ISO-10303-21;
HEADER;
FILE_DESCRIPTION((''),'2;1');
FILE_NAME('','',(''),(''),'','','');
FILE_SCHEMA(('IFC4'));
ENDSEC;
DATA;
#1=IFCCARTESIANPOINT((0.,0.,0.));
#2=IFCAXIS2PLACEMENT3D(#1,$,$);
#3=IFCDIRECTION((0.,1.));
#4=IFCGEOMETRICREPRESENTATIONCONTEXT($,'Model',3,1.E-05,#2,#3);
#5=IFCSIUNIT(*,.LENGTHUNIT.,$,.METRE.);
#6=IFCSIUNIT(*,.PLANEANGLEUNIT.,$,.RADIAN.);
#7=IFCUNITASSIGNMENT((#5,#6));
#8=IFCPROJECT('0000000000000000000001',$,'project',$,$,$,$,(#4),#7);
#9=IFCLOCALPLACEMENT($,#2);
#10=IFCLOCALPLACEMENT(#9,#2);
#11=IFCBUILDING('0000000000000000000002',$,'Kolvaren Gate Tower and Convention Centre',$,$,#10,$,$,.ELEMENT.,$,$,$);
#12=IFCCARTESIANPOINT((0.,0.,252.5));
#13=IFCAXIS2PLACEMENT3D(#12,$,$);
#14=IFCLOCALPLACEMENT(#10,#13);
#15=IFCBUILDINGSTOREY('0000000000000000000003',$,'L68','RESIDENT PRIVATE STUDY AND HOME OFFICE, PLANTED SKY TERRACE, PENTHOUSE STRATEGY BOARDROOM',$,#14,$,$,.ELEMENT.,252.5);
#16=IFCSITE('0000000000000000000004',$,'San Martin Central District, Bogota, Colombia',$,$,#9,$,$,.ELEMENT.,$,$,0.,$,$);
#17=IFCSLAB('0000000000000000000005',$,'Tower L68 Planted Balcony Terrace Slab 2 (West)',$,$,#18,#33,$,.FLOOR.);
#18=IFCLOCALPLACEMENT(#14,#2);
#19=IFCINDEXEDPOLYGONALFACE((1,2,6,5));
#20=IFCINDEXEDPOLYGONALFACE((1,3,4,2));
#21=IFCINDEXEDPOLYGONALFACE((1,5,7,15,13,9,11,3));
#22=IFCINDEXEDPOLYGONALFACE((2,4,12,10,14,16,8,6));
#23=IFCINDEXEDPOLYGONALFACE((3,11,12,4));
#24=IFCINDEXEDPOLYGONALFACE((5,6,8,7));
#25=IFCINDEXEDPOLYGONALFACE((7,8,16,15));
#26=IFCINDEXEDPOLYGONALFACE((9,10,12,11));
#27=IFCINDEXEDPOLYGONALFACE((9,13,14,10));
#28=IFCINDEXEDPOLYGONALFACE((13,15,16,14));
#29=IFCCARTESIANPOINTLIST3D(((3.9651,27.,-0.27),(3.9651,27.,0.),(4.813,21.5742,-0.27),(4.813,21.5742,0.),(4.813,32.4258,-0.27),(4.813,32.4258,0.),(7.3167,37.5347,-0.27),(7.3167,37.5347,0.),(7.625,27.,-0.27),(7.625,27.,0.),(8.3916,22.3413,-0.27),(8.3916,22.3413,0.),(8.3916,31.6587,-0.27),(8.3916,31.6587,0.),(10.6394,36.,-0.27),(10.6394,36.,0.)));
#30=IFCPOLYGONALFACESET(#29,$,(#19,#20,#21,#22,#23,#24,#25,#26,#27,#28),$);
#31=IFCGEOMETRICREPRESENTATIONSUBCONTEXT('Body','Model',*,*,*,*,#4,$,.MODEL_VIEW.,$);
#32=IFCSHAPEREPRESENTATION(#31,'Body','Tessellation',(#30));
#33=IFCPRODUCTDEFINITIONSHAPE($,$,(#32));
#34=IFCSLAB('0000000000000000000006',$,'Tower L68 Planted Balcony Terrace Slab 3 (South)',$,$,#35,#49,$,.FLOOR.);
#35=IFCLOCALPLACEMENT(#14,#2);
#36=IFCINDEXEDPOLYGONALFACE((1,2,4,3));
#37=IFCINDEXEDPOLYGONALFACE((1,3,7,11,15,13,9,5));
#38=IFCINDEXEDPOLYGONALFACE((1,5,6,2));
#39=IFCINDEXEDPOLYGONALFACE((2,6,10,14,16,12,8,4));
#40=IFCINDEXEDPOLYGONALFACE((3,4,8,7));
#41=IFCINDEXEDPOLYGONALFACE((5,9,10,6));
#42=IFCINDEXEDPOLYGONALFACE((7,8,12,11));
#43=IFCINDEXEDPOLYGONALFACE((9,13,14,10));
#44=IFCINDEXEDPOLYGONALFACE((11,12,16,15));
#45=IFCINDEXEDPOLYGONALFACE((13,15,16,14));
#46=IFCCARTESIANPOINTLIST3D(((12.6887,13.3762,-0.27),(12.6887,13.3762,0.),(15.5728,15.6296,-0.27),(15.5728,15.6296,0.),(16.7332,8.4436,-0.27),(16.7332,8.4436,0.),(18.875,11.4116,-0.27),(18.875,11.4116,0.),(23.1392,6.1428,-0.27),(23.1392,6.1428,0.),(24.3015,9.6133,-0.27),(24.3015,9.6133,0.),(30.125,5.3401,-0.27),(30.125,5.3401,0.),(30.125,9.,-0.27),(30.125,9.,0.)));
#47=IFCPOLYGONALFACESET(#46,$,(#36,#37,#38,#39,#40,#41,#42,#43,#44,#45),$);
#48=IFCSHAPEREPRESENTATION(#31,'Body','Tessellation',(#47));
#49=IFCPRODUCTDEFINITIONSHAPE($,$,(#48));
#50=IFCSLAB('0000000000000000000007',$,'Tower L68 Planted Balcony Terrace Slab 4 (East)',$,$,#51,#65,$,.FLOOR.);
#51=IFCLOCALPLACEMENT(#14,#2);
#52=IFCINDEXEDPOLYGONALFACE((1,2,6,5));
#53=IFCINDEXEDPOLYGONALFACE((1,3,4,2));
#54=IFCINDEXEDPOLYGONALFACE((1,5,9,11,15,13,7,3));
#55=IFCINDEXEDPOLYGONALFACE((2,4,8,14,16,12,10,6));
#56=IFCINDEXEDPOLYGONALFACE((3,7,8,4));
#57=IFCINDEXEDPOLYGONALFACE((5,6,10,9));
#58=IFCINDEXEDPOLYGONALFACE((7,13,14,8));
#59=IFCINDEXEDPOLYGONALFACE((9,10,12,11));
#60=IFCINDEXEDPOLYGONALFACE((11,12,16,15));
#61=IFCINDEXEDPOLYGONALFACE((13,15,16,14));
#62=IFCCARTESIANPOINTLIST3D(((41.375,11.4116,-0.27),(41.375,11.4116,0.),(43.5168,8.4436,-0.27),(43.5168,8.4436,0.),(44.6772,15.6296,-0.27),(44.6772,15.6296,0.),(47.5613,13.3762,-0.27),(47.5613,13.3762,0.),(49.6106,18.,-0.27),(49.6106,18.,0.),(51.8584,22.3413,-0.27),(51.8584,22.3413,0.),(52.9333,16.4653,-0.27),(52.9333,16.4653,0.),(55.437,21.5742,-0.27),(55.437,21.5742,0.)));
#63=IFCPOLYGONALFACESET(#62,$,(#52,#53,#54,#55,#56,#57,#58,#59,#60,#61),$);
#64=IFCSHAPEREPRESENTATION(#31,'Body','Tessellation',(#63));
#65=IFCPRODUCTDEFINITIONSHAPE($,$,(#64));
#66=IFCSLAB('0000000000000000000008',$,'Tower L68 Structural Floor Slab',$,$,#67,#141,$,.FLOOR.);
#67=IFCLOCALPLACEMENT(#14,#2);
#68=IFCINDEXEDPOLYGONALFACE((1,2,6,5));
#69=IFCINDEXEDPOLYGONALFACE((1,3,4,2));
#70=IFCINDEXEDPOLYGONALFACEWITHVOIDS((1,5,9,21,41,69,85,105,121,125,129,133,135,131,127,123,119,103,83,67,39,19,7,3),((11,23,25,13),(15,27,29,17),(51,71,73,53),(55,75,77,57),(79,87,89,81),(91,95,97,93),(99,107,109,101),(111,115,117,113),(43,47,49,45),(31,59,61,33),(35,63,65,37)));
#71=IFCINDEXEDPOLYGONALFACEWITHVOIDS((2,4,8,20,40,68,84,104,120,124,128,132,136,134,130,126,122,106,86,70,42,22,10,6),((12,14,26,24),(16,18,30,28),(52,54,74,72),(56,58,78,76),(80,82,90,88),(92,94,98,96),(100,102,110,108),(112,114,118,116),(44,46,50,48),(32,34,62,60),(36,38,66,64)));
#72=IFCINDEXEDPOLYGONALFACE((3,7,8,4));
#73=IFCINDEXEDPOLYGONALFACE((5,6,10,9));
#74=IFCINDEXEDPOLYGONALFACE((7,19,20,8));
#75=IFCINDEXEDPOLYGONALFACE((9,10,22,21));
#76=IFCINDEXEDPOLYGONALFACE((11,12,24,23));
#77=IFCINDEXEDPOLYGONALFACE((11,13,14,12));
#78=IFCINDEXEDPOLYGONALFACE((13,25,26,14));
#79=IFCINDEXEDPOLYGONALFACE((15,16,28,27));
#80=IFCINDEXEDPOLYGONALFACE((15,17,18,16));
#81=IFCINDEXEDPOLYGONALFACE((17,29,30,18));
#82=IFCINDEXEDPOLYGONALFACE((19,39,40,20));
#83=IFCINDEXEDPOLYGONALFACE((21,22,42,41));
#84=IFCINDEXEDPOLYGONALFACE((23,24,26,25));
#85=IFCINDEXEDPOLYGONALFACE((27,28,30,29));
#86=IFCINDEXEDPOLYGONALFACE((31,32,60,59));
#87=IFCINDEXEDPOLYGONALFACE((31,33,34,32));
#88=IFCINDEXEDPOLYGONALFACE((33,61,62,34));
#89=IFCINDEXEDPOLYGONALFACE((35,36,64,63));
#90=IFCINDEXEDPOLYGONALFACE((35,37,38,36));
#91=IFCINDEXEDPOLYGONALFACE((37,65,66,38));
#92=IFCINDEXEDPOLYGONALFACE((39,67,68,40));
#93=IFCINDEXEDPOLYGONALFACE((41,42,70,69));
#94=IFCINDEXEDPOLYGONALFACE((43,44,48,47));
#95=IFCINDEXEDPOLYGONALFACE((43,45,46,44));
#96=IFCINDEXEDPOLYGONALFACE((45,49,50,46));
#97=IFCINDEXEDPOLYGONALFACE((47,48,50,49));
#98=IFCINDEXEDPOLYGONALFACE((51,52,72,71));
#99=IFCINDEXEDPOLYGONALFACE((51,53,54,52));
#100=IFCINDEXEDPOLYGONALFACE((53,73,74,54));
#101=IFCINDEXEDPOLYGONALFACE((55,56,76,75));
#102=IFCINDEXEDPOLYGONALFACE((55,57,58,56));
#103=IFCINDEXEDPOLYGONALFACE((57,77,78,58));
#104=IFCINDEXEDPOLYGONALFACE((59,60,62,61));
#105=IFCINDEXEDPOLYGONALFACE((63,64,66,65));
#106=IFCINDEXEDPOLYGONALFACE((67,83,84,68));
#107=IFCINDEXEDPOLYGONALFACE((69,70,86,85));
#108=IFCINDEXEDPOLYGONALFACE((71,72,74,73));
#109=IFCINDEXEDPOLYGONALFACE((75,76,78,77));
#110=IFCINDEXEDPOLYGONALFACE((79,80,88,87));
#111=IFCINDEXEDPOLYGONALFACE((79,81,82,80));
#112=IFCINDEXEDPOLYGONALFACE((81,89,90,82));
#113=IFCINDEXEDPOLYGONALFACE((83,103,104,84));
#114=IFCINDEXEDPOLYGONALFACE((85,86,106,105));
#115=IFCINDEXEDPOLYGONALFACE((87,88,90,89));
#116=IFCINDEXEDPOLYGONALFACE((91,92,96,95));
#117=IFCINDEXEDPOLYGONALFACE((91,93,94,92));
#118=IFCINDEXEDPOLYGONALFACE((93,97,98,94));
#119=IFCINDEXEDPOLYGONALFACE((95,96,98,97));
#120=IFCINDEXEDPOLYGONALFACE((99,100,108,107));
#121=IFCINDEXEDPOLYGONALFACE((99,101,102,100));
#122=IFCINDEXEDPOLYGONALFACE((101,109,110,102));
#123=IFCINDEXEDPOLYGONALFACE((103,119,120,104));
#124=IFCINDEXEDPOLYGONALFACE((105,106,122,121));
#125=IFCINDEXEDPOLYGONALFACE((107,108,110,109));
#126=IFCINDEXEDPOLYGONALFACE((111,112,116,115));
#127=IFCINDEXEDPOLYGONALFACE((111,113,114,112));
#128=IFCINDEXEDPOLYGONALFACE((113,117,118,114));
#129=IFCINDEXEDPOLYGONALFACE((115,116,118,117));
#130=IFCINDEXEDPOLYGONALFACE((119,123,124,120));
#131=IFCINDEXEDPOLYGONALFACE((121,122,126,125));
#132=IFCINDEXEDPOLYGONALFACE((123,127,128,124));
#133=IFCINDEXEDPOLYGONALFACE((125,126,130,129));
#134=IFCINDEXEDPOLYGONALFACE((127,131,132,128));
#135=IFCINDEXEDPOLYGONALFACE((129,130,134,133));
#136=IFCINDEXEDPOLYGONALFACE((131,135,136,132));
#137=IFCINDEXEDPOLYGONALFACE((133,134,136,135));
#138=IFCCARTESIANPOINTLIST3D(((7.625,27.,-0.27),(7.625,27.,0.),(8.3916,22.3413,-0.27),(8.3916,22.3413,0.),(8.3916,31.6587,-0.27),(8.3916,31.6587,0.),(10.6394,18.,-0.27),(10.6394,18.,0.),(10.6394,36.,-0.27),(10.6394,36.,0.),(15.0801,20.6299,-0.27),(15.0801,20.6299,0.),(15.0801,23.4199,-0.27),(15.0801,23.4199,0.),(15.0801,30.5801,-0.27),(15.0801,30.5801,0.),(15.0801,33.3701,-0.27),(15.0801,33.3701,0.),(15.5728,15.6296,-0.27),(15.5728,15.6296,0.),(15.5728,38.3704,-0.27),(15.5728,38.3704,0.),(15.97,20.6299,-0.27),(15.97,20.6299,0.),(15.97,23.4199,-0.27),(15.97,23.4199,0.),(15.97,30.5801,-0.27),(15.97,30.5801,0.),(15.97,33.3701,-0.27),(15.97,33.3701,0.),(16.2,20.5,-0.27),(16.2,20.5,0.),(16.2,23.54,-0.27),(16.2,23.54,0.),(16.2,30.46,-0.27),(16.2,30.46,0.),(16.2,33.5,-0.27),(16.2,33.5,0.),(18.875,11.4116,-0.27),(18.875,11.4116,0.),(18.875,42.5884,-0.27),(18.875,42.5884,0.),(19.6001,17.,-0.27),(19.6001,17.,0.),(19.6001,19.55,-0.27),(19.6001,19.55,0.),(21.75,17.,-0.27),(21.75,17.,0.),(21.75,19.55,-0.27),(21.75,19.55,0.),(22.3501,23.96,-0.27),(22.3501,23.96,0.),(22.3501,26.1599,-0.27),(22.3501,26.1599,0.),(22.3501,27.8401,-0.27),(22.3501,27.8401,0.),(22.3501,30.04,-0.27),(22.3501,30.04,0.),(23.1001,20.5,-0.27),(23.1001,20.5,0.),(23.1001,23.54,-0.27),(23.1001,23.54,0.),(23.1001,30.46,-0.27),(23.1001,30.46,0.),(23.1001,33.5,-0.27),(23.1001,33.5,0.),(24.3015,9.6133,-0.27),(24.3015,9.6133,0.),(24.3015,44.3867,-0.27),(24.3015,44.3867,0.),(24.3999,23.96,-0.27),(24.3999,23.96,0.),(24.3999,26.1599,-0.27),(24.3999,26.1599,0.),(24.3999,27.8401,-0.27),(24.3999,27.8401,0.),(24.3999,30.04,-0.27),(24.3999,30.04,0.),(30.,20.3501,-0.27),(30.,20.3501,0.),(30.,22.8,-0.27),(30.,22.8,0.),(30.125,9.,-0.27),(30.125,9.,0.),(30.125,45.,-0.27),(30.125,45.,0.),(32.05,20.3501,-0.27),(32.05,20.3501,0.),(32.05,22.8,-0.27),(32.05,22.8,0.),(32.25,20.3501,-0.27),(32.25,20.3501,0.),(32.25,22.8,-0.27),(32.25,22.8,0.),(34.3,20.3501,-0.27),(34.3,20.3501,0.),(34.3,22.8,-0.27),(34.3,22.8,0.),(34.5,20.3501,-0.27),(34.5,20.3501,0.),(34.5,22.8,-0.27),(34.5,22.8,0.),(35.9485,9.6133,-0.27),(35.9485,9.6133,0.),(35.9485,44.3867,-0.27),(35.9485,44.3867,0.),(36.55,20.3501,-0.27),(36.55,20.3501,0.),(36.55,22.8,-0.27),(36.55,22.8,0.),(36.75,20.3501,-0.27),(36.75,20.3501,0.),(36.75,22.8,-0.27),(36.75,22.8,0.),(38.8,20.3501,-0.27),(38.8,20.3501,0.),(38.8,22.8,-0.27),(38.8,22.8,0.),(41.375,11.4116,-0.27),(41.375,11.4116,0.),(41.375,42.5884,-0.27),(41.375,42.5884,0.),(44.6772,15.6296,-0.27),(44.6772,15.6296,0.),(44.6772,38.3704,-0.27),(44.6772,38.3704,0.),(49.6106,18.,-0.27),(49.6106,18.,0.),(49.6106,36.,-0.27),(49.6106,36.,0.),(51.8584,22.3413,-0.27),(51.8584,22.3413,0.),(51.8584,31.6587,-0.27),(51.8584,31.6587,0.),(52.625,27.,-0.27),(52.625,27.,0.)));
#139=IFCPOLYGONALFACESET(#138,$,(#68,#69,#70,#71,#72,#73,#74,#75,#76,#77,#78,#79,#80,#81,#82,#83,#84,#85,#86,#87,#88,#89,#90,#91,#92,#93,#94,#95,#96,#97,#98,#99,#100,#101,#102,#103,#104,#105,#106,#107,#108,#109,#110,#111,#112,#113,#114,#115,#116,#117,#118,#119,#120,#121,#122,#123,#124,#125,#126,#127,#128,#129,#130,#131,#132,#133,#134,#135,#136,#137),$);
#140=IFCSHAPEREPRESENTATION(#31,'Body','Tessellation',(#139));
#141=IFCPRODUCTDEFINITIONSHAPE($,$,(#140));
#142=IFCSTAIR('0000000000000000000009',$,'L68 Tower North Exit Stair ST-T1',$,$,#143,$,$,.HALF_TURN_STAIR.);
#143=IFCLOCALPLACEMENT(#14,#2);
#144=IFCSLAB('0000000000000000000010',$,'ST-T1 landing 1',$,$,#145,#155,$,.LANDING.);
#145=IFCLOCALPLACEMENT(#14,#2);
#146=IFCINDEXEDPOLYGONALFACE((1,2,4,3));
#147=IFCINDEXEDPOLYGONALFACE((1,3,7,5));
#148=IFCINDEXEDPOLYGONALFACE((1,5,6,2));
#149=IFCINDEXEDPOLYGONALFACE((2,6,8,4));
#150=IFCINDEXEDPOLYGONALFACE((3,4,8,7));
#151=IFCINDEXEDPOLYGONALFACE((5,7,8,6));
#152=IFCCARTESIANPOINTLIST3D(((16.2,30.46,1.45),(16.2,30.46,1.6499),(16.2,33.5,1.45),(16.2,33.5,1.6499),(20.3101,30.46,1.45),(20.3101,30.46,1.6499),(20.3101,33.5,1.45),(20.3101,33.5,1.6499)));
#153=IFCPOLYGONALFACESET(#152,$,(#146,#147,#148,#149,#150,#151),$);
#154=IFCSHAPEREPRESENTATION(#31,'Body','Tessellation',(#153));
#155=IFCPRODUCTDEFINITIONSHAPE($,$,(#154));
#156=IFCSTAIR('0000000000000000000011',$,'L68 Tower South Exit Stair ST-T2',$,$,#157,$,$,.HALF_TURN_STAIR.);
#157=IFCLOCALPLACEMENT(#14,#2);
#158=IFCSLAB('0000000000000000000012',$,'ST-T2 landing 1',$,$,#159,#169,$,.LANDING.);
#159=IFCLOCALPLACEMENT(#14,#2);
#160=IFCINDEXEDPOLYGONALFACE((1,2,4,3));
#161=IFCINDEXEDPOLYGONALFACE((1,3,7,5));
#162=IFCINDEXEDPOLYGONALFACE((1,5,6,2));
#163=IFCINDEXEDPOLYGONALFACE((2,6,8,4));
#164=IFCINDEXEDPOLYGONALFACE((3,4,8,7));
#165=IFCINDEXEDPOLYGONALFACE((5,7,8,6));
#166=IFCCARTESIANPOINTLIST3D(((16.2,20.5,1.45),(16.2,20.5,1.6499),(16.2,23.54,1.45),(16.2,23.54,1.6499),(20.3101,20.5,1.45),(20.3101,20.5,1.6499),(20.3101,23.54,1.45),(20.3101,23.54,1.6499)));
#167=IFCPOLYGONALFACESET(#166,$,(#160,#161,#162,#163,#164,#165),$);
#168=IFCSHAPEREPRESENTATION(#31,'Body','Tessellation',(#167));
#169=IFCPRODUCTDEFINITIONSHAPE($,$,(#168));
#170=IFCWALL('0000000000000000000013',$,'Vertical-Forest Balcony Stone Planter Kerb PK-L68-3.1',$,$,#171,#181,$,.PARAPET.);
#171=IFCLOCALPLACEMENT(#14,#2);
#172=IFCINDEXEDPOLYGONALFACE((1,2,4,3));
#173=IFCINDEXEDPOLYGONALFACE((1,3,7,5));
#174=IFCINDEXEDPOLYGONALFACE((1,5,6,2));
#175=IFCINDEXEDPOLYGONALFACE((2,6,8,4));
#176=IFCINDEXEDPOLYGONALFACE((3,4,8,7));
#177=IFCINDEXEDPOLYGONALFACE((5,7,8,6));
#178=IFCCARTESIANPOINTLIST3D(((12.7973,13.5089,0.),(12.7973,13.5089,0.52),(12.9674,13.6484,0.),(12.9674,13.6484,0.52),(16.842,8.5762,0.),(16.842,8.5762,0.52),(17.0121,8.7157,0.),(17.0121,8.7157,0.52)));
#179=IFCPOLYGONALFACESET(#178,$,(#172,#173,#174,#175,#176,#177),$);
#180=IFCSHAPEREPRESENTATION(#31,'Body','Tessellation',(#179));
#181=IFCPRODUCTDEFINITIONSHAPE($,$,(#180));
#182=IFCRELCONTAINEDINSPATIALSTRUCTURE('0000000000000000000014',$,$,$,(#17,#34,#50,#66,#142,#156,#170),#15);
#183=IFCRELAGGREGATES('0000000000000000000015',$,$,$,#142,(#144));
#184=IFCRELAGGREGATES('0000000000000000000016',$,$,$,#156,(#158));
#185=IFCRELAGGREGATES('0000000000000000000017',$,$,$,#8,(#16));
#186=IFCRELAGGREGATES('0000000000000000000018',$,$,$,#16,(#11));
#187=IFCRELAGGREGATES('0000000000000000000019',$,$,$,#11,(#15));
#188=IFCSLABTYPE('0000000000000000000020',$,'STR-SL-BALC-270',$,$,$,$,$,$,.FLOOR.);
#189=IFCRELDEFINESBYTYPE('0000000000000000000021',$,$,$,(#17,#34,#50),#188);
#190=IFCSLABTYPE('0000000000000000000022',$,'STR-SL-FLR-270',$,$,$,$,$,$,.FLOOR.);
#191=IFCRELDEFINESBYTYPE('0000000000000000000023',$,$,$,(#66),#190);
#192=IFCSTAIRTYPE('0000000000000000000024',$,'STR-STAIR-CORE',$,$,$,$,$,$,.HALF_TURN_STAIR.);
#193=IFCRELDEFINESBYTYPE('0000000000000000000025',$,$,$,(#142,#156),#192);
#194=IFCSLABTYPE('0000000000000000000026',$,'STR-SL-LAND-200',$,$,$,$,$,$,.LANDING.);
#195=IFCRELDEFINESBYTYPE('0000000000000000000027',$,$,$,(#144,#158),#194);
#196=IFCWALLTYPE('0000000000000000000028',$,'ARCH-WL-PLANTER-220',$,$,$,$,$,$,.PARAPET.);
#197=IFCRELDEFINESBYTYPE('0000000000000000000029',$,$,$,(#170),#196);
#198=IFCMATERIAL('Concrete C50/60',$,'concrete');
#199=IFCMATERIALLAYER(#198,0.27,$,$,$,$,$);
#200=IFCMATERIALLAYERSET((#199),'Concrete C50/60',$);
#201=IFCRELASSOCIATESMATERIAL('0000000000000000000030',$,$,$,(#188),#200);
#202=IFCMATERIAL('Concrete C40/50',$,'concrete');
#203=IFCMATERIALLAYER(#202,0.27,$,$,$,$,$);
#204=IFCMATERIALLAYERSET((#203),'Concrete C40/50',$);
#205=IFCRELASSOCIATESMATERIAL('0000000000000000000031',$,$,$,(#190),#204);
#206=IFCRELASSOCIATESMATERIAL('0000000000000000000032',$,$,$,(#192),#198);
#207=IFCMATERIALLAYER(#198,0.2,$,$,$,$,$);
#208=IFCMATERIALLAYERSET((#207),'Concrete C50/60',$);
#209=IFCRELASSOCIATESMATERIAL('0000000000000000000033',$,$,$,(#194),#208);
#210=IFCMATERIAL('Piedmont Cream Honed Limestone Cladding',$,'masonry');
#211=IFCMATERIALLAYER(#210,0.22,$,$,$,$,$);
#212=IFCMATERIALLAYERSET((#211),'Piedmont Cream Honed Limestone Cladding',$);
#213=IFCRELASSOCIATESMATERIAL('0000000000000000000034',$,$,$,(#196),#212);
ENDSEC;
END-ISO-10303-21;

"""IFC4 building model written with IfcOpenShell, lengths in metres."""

from ifc_helpers import new_model, si_unit, direction, frame, frame_2d, origin, place, context, subcontext, project, spatial, polyline, rectangle, outline, extrude, material, layer, layer_set, type_object, element, aggregate, save


model = new_model("IFC4")

# Units and contexts
model_context = context("Model", 3, precision=1e-05, world=origin(), true_north=direction((0.0, 1.0)))
body_context = subcontext(model_context, "Body", "Model", "MODEL_VIEW")
ifc_project = project(units=[si_unit("LENGTHUNIT", "METRE"), si_unit("PLANEANGLEUNIT", "RADIAN")], contexts=[model_context])

# Site, building, storey
site_placement = place(None, origin())
site = spatial("IfcSite", under=ifc_project, at=site_placement, Name="San Martin Central District, Bogota, Colombia", CompositionType="ELEMENT", RefElevation=0.0)
building_placement = place(site_placement, origin())
building = spatial("IfcBuilding", under=site, at=building_placement, Name="Kolvaren Gate Tower and Convention Centre", CompositionType="ELEMENT")
storey_placement = place(building_placement, frame((0.0, 0.0, 252.5)))
storey = spatial("IfcBuildingStorey", under=building, at=storey_placement, Name="L68", Description="RESIDENT PRIVATE STUDY AND HOME OFFICE, PLANTED SKY TERRACE, PENTHOUSE STRATEGY BOARDROOM", CompositionType="ELEMENT", Elevation=252.5)

# Slabs
ifc_material_1 = material(Name="Concrete C50/60", Category="concrete")
ifc_layer_1 = layer(ifc_material_1, 0.27)
ifc_layer_set_1 = layer_set([ifc_layer_1], Name="Concrete C50/60")
slab_type_1 = type_object("IfcSlabType", Name="STR-SL-BALC-270", PredefinedType="FLOOR", material=ifc_layer_set_1)
slab_1_placement = place(storey_placement, frame((0.0, 0.0, -0.27)))
element("IfcSlab", 1, at=slab_1_placement, inside=storey, type_object=slab_type_1, Name="Tower L68 Planted Balcony Terrace Slab 2 (West)", PredefinedType="FLOOR", context=body_context, shape_type="SweptSolid", body=[
    extrude(outline(polyline([(10.6394, 36.0), (8.3916, 31.6587), (7.625, 27.0), (8.3916, 22.3413), (4.813, 21.5742), (3.9651, 27.0), (4.813, 32.4258), (7.3167, 37.5347), (10.6394, 36.0)])), origin(), (0.0, 0.0, 1.0), 0.27),
])
slab_2_placement = place(storey_placement, frame((0.0, 0.0, -0.27)))
element("IfcSlab", 2, at=slab_2_placement, inside=storey, type_object=slab_type_1, Name="Tower L68 Planted Balcony Terrace Slab 3 (South)", PredefinedType="FLOOR", context=body_context, shape_type="SweptSolid", body=[
    extrude(outline(polyline([(15.5728, 15.6296), (18.875, 11.4116), (24.3015, 9.6133), (30.125, 9.0), (30.125, 5.3401), (23.1392, 6.1428), (16.7332, 8.4436), (12.6887, 13.3762), (15.5728, 15.6296)])), origin(), (0.0, 0.0, 1.0), 0.27),
])
slab_3_placement = place(storey_placement, frame((0.0, 0.0, -0.27)))
element("IfcSlab", 3, at=slab_3_placement, inside=storey, type_object=slab_type_1, Name="Tower L68 Planted Balcony Terrace Slab 4 (East)", PredefinedType="FLOOR", context=body_context, shape_type="SweptSolid", body=[
    extrude(outline(polyline([(41.375, 11.4116), (44.6772, 15.6296), (49.6106, 18.0), (51.8584, 22.3413), (55.437, 21.5742), (52.9333, 16.4653), (47.5613, 13.3762), (43.5168, 8.4436), (41.375, 11.4116)])), origin(), (0.0, 0.0, 1.0), 0.27),
])
ifc_material_2 = material(Name="Concrete C40/50", Category="concrete")
ifc_layer_2 = layer(ifc_material_2, 0.27)
ifc_layer_set_2 = layer_set([ifc_layer_2], Name="Concrete C40/50")
slab_type_2 = type_object("IfcSlabType", Name="STR-SL-FLR-270", PredefinedType="FLOOR", material=ifc_layer_set_2)
slab_4_placement = place(storey_placement, frame((0.0, 0.0, -0.27)))
element("IfcSlab", 4, at=slab_4_placement, inside=storey, type_object=slab_type_2, Name="Tower L68 Structural Floor Slab", PredefinedType="FLOOR", context=body_context, shape_type="SweptSolid", body=[
    extrude(outline(polyline([(52.625, 27.0), (51.8584, 31.6587), (49.6106, 36.0), (44.6772, 38.3704), (41.375, 42.5884), (35.9485, 44.3867), (30.125, 45.0), (24.3015, 44.3867), (18.875, 42.5884), (15.5728, 38.3704), (10.6394, 36.0), (8.3916, 31.6587), (7.625, 27.0), (8.3916, 22.3413), (10.6394, 18.0), (15.5728, 15.6296), (18.875, 11.4116), (24.3015, 9.6133), (30.125, 9.0), (35.9485, 9.6133), (41.375, 11.4116), (44.6772, 15.6296), (49.6106, 18.0), (51.8584, 22.3413), (52.625, 27.0)]), holes=[polyline([(36.75, 20.3501), (36.75, 22.8), (38.8, 22.8), (38.8, 20.3501), (36.75, 20.3501)]), polyline([(36.55, 20.3501), (34.5, 20.3501), (34.5, 22.8), (36.55, 22.8), (36.55, 20.3501)]), polyline([(32.25, 20.3501), (32.25, 22.8), (34.3, 22.8), (34.3, 20.3501), (32.25, 20.3501)]), polyline([(30.0, 20.3501), (30.0, 22.8), (32.05, 22.8), (32.05, 20.3501), (30.0, 20.3501)]), polyline([(22.3501, 23.96), (22.3501, 26.1599), (24.3999, 26.1599), (24.3999, 23.96), (22.3501, 23.96)]), polyline([(22.3501, 27.8401), (22.3501, 30.04), (24.3999, 30.04), (24.3999, 27.8401), (22.3501, 27.8401)]), polyline([(16.2, 23.54), (23.1001, 23.54), (23.1001, 20.5), (16.2, 20.5), (16.2, 23.54)]), polyline([(16.2, 33.5), (23.1001, 33.5), (23.1001, 30.46), (16.2, 30.46), (16.2, 33.5)]), polyline([(21.75, 17.0), (19.6001, 17.0), (19.6001, 19.55), (21.75, 19.55), (21.75, 17.0)]), polyline([(15.0801, 30.5801), (15.0801, 33.3701), (15.97, 33.3701), (15.97, 30.5801), (15.0801, 30.5801)]), polyline([(15.97, 20.6299), (15.0801, 20.6299), (15.0801, 23.4199), (15.97, 23.4199), (15.97, 20.6299)])]), origin(), (0.0, 0.0, 1.0), 0.27),
])

# Stairs, slabs
stair_type = type_object("IfcStairType", Name="STR-STAIR-CORE", PredefinedType="HALF_TURN_STAIR", material=ifc_material_1)
stair_1_placement = place(storey_placement, origin())
stair_1 = element("IfcStair", 5, at=stair_1_placement, inside=storey, type_object=stair_type, Name="L68 Tower North Exit Stair ST-T1", PredefinedType="HALF_TURN_STAIR")
ifc_layer_3 = layer(ifc_material_1, 0.2)
ifc_layer_set_3 = layer_set([ifc_layer_3], Name="Concrete C50/60")
slab_type_3 = type_object("IfcSlabType", Name="STR-SL-LAND-200", PredefinedType="LANDING", material=ifc_layer_set_3)
slab_5_placement = place(storey_placement, frame((0.0, 0.0, 1.45)))
slab_5 = element("IfcSlab", 6, at=slab_5_placement, type_object=slab_type_3, Name="ST-T1 landing 1", PredefinedType="LANDING", context=body_context, shape_type="SweptSolid", body=[
    extrude(outline(polyline([(20.3101, 33.5), (16.2, 33.5), (16.2, 30.46), (20.3101, 30.46), (20.3101, 33.5)])), origin(), (0.0, 0.0, 1.0), 0.2),
])
aggregate(stair_1, [slab_5])
stair_2_placement = place(storey_placement, origin())
stair_2 = element("IfcStair", 7, at=stair_2_placement, inside=storey, type_object=stair_type, Name="L68 Tower South Exit Stair ST-T2", PredefinedType="HALF_TURN_STAIR")
slab_6_placement = place(storey_placement, frame((0.0, 0.0, 1.45)))
slab_6 = element("IfcSlab", 8, at=slab_6_placement, type_object=slab_type_3, Name="ST-T2 landing 1", PredefinedType="LANDING", context=body_context, shape_type="SweptSolid", body=[
    extrude(outline(polyline([(20.3101, 23.54), (16.2, 23.54), (16.2, 20.5), (20.3101, 20.5), (20.3101, 23.54)])), origin(), (0.0, 0.0, 1.0), 0.2),
])
aggregate(stair_2, [slab_6])

# Wall
ifc_material_3 = material(Name="Piedmont Cream Honed Limestone Cladding", Category="masonry")
ifc_layer_4 = layer(ifc_material_3, 0.22)
ifc_layer_set_4 = layer_set([ifc_layer_4], Name="Piedmont Cream Honed Limestone Cladding")
wall_type = type_object("IfcWallType", Name="ARCH-WL-PLANTER-220", PredefinedType="PARAPET", material=ifc_layer_set_4)
wall_placement = place(storey_placement, frame((12.8823, 13.5786, 0.0), z_axis=(0.0, 0.0, 1.0), x_axis=(0.634073, -0.773273, 0.0)))
element("IfcWall", 9, at=wall_placement, inside=storey, type_object=wall_type, Name="Vertical-Forest Balcony Stone Planter Kerb PK-L68-3.1", PredefinedType="PARAPET", context=body_context, shape_type="SweptSolid", body=[
    extrude(rectangle(XDim=6.3789, YDim=0.22, at=frame_2d((3.1895, 0.0))), origin(), (0.0, 0.0, 1.0), 0.52),
])

save(model, "model.ifc")
